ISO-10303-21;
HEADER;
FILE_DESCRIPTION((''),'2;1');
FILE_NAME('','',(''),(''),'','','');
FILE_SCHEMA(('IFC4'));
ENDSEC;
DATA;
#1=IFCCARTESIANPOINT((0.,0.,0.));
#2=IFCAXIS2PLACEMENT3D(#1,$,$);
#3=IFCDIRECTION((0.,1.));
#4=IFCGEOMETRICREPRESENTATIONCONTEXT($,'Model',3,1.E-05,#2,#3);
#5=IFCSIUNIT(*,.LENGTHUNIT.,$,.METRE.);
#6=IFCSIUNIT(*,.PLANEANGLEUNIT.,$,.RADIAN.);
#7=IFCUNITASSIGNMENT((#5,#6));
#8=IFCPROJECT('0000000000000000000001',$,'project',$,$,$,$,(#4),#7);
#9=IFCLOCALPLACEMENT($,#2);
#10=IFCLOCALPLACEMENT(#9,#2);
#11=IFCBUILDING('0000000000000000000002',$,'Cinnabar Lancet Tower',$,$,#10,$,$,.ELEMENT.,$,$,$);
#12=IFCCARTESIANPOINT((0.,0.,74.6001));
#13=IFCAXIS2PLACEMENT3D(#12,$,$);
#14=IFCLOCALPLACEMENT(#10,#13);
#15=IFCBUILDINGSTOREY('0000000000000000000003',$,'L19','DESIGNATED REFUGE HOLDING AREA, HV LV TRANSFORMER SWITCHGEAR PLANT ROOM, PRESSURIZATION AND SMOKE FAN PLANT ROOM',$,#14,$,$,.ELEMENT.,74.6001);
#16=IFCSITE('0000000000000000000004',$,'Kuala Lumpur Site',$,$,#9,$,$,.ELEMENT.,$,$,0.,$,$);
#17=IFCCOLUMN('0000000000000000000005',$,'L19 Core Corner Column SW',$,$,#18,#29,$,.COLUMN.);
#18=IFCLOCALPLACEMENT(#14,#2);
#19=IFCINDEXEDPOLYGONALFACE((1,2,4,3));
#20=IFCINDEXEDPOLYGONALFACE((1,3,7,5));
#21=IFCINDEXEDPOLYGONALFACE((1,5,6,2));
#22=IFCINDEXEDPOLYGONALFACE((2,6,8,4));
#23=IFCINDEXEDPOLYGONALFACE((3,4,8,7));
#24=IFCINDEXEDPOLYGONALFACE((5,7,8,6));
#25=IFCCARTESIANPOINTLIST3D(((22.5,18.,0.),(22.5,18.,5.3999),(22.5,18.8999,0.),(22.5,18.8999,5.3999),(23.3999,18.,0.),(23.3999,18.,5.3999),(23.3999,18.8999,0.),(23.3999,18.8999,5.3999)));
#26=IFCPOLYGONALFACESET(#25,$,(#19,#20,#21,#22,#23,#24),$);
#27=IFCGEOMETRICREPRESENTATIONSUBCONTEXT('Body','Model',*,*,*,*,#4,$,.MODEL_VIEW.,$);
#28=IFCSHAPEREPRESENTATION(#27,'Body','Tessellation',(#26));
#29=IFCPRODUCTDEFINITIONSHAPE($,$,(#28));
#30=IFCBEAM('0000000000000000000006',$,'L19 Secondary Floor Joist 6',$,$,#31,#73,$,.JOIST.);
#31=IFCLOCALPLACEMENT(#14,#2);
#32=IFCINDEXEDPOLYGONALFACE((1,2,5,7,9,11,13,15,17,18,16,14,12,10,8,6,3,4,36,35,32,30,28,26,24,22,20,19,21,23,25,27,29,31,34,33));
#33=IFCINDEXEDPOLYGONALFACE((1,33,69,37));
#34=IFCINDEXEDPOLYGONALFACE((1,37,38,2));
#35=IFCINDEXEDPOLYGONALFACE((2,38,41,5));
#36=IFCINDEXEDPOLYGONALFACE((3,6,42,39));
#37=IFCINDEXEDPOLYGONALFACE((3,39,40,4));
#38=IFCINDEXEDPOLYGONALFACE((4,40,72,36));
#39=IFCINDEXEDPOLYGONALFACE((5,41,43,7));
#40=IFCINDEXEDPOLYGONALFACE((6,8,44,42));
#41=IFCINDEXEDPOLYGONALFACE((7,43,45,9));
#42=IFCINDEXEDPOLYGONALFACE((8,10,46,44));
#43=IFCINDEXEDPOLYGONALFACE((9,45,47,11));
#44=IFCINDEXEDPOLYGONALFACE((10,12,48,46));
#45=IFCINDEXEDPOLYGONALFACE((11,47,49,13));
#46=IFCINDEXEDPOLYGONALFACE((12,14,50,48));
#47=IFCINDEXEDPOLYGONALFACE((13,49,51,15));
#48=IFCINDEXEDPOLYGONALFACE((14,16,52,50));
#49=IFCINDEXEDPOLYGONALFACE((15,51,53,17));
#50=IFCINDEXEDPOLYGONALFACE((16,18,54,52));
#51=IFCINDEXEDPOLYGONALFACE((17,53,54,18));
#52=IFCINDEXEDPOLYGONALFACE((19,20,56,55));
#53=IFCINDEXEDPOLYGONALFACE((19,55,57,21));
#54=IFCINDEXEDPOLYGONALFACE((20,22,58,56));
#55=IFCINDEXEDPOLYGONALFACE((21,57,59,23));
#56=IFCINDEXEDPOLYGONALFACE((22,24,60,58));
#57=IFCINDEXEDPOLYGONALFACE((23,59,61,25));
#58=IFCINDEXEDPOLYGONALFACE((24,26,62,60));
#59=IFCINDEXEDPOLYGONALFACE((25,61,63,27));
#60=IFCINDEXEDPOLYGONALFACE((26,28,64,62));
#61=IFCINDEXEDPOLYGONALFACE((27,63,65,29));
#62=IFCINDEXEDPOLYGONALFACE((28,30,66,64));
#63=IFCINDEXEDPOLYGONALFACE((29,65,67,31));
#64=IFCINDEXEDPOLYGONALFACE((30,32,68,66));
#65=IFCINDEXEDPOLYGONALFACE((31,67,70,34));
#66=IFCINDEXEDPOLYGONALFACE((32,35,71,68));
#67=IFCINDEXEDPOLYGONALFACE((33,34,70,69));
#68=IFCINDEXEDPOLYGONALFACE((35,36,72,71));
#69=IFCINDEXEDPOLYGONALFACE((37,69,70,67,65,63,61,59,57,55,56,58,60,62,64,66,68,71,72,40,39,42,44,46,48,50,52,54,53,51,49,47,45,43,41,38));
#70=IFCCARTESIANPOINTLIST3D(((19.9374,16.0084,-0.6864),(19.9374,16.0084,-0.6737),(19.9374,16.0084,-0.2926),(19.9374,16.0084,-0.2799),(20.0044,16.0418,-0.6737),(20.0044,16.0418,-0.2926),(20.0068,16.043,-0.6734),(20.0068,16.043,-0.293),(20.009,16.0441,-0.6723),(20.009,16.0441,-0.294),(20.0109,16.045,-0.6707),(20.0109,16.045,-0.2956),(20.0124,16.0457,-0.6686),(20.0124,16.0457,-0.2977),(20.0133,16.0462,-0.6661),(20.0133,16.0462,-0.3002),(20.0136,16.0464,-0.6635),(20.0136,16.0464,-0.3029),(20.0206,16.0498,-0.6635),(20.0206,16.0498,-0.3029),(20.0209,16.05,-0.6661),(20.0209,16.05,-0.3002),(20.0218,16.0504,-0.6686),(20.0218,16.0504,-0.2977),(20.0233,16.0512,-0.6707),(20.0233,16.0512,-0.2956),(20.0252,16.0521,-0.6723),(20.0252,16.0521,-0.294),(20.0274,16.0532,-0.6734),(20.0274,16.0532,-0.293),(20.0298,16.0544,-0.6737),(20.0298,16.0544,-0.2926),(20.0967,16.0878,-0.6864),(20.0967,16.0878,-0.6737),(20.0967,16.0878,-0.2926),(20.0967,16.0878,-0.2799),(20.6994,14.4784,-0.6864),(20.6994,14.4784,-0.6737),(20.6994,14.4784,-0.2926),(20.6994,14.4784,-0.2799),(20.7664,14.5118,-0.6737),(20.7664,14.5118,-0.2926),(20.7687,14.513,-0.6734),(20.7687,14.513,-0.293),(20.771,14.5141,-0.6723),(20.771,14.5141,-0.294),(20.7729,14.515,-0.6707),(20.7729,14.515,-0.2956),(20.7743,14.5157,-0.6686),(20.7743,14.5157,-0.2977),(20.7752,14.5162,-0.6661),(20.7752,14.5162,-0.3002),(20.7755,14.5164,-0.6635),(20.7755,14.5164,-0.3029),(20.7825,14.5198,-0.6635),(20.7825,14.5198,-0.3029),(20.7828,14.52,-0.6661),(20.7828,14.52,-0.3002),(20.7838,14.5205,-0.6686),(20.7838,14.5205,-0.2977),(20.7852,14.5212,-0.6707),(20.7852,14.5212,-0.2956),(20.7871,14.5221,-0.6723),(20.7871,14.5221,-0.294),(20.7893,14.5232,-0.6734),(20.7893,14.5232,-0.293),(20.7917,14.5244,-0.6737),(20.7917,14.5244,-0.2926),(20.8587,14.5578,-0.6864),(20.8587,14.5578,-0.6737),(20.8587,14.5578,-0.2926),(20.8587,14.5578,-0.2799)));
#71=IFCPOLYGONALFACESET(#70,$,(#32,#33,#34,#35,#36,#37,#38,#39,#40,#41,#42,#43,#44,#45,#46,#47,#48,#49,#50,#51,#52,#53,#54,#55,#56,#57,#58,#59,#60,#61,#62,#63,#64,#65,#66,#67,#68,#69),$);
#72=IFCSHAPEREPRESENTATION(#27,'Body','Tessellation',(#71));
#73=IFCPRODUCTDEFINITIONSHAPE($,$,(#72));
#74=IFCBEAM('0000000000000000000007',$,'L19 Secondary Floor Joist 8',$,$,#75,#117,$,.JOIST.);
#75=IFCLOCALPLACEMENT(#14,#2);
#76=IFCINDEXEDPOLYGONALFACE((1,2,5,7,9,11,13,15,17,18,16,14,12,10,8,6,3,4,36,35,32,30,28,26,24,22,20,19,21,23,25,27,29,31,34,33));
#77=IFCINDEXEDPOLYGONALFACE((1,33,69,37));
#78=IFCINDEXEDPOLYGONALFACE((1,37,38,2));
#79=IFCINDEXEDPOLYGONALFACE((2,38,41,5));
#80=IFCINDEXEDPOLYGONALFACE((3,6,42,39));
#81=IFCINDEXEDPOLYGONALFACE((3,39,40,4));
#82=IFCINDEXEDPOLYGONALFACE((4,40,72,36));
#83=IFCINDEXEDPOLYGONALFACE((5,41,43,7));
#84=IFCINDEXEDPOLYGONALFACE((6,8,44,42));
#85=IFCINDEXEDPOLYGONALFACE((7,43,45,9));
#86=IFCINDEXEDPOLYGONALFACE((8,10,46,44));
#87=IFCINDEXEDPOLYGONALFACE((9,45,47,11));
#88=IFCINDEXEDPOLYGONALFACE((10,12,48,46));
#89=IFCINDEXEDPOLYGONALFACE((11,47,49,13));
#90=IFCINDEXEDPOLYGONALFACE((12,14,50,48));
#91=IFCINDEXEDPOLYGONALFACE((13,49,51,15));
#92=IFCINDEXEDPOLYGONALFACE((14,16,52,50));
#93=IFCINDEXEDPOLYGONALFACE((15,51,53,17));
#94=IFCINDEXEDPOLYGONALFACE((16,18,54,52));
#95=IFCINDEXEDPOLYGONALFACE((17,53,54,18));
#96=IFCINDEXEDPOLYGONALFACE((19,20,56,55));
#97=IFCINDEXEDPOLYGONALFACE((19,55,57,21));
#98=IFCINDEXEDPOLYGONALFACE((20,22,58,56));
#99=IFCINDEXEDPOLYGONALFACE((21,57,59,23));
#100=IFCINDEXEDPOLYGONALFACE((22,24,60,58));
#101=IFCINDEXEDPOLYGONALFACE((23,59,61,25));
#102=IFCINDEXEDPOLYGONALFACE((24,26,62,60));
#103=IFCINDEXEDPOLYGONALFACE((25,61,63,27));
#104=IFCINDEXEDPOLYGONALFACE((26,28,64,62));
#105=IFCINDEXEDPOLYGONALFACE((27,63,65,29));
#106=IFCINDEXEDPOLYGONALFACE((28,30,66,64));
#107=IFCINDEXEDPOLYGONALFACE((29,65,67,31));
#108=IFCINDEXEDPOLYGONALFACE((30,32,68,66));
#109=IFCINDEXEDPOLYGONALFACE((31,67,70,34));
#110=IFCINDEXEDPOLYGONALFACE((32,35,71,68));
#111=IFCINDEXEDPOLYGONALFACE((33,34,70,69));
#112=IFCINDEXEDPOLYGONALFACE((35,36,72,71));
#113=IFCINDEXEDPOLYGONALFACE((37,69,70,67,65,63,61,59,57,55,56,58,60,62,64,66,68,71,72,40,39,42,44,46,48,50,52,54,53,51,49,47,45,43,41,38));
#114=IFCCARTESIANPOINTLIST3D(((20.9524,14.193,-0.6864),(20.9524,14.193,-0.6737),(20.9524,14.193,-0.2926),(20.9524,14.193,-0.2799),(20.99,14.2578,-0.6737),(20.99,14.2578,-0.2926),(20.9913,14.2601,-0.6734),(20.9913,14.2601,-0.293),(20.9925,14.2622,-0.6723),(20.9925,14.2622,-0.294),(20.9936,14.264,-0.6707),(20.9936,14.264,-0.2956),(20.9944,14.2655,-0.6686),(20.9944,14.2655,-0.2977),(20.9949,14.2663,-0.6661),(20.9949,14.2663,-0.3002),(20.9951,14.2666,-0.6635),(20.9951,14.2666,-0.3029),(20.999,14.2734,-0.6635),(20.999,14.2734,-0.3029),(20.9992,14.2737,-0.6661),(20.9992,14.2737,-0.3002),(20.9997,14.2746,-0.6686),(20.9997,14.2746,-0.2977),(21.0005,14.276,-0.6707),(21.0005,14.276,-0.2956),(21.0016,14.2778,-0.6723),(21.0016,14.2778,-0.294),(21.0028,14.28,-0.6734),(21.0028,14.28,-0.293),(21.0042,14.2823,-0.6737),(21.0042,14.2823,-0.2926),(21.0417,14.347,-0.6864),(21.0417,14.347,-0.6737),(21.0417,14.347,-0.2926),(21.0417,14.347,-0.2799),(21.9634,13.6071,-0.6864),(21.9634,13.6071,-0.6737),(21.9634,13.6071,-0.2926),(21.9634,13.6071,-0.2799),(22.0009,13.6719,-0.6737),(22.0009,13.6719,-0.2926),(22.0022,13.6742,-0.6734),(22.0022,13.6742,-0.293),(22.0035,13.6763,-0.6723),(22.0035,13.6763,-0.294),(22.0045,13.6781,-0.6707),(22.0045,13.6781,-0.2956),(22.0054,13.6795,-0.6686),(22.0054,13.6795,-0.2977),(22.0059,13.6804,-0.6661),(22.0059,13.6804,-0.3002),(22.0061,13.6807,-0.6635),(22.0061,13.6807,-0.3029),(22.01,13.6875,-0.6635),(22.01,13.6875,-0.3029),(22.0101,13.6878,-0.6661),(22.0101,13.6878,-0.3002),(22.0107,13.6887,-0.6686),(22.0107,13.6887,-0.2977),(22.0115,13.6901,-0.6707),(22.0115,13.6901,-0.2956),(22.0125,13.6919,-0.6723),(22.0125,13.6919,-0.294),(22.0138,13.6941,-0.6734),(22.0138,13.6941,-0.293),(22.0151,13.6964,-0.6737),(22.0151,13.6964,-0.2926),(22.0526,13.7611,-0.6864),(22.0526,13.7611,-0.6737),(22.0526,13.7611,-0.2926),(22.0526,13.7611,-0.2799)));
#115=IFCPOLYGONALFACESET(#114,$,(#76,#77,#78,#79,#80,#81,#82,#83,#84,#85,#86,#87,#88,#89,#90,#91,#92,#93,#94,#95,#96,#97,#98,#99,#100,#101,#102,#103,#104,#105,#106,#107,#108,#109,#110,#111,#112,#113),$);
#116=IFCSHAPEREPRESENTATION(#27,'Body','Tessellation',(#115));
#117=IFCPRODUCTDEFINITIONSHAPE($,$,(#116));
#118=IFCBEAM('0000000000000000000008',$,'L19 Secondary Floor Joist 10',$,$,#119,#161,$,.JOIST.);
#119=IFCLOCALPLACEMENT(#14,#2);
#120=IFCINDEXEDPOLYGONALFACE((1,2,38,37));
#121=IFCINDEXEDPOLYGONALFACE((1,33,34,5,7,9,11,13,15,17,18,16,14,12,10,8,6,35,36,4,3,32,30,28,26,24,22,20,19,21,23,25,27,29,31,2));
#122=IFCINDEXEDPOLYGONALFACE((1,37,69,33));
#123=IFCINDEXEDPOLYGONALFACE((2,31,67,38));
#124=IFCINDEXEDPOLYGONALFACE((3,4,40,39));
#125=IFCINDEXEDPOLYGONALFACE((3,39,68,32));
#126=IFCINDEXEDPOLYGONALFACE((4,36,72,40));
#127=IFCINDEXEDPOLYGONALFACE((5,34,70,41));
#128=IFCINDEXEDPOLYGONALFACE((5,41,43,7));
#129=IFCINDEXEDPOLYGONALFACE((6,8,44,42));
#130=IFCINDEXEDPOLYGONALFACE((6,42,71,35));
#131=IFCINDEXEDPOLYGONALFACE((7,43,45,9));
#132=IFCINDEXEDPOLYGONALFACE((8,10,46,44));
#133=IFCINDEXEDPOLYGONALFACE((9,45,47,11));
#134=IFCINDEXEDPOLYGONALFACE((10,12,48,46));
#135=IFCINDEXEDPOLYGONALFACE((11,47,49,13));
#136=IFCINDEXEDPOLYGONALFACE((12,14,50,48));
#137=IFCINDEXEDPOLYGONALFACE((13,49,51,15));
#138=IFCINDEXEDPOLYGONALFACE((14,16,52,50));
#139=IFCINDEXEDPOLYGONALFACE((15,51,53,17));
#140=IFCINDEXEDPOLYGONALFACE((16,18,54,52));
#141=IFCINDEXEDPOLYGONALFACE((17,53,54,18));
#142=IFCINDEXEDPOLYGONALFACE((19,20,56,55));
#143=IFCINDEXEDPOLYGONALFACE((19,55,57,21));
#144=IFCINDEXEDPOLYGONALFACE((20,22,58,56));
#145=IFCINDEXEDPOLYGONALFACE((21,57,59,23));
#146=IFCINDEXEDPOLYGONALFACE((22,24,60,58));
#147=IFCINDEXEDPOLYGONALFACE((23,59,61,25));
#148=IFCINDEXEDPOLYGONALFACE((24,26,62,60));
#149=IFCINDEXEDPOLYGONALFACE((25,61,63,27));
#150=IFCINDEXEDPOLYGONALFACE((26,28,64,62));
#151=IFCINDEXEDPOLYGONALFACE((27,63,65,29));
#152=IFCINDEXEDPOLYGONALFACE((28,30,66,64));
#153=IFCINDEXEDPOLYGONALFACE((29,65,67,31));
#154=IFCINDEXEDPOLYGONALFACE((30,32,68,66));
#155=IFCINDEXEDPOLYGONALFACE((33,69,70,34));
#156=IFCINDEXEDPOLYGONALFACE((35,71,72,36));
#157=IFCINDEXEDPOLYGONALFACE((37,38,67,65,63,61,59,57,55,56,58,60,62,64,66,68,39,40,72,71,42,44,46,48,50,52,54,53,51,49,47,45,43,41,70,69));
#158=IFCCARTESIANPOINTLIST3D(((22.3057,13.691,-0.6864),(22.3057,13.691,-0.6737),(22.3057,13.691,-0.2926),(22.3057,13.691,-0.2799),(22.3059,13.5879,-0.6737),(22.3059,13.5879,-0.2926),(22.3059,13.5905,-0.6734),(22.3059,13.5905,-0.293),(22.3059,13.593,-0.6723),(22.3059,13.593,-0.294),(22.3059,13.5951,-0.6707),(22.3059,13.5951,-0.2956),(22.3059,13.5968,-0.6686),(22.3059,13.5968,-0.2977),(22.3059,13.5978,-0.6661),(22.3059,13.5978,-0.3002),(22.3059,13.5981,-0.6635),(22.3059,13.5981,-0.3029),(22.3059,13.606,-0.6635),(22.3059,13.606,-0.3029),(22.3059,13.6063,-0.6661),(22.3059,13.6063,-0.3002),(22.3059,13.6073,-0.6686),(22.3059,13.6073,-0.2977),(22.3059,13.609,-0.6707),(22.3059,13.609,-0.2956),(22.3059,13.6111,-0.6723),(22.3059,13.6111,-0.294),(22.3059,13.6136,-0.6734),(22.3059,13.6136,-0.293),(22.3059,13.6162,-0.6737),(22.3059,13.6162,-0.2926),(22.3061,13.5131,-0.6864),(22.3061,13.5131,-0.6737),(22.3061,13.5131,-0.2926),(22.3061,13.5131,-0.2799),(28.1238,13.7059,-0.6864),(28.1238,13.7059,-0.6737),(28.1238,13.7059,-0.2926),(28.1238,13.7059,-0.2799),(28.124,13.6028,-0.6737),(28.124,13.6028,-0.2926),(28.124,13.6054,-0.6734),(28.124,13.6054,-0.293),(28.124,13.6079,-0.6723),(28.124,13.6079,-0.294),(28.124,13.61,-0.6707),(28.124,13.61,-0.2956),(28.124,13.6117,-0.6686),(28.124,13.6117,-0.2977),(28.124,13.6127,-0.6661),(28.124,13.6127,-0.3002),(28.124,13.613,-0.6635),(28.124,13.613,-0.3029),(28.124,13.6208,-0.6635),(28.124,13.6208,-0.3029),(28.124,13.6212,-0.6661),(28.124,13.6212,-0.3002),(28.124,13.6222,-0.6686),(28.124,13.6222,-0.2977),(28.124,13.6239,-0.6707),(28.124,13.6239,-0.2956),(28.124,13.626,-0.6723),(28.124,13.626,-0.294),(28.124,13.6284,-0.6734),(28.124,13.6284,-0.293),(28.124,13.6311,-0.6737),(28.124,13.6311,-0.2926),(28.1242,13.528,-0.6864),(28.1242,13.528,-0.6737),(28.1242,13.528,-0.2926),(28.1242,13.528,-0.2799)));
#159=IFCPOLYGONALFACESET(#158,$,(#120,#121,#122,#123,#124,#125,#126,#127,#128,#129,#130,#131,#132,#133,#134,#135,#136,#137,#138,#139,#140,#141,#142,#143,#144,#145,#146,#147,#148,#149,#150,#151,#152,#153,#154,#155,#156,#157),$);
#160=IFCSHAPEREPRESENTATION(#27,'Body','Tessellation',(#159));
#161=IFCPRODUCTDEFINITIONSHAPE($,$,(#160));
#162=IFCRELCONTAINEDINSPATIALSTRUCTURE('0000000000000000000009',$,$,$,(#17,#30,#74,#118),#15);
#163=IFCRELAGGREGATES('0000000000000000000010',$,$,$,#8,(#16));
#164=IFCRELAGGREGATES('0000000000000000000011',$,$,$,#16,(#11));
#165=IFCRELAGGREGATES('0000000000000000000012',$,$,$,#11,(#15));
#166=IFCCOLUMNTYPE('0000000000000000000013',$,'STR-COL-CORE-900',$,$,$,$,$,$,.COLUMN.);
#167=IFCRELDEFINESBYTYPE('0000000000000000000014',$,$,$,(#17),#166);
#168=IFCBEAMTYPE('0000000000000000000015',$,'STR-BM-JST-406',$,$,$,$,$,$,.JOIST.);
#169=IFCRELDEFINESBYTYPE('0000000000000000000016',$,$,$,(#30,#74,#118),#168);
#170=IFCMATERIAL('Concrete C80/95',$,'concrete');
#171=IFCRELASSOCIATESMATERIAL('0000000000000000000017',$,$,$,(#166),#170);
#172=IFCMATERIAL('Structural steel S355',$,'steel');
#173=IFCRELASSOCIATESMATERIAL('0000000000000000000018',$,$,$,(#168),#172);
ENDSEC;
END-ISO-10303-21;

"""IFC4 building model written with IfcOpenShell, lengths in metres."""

from ifc_helpers import new_model, si_unit, direction, frame, origin, origin_2d, place, context, subcontext, project, spatial, rectangle, i_section, extrude, material, material_profile, profile_set, type_object, element, save


model = new_model("IFC4")

# Units and contexts
model_context = context("Model", 3, precision=1e-05, world=origin(), true_north=direction((0.0, 1.0)))
body_context = subcontext(model_context, "Body", "Model", "MODEL_VIEW")
ifc_project = project(units=[si_unit("LENGTHUNIT", "METRE"), si_unit("PLANEANGLEUNIT", "RADIAN")], contexts=[model_context])

# Site, building, storey
site_placement = place(None, origin())
site = spatial("IfcSite", under=ifc_project, at=site_placement, Name="Kuala Lumpur Site", CompositionType="ELEMENT", RefElevation=0.0)
building_placement = place(site_placement, origin())
building = spatial("IfcBuilding", under=site, at=building_placement, Name="Cinnabar Lancet Tower", CompositionType="ELEMENT")
storey_placement = place(building_placement, frame((0.0, 0.0, 74.6001)))
storey = spatial("IfcBuildingStorey", under=building, at=storey_placement, Name="L19", Description="DESIGNATED REFUGE HOLDING AREA, HV LV TRANSFORMER SWITCHGEAR PLANT ROOM, PRESSURIZATION AND SMOKE FAN PLANT ROOM", CompositionType="ELEMENT", Elevation=74.6001)

# Column
ifc_material_1 = material(Name="Concrete C80/95", Category="concrete")
ifc_material_profile_1 = material_profile(ifc_material_1, rectangle(XDim=0.8999, YDim=0.8999, at=origin_2d()), Name="RC-COL 900x900")
ifc_profile_set_1 = profile_set([ifc_material_profile_1], Name="Concrete C80/95")
column_type = type_object("IfcColumnType", Name="STR-COL-CORE-900", PredefinedType="COLUMN", material=ifc_profile_set_1)
column_placement = place(storey_placement, frame((22.95, 18.45, 0.0), z_axis=(0.0, 0.0, 1.0), x_axis=(1.0, 0.0, 0.0)))
element("IfcColumn", 1, at=column_placement, inside=storey, type_object=column_type, Name="L19 Core Corner Column SW", PredefinedType="COLUMN", context=body_context, shape_type="SweptSolid", body=[
    extrude(rectangle(XDim=0.8999, YDim=0.8999, at=origin_2d()), origin(), (0.0, 0.0, 1.0), 5.3999),
])

# Beams
ifc_material_2 = material(Name="Structural steel S355", Category="steel")
ifc_material_profile_2 = material_profile(ifc_material_2, i_section(OverallWidth=0.178, OverallDepth=0.4065, WebThickness=0.0078, FlangeThickness=0.0127, FilletRadius=0.0103, at=origin_2d()), Name="UKB 406x178x60")
ifc_profile_set_2 = profile_set([ifc_material_profile_2], Name="Structural steel S355")
beam_type_1 = type_object("IfcBeamType", Name="STR-BM-JST-406", PredefinedType="JOIST", material=ifc_profile_set_2)
beam_1_placement = place(storey_placement, frame((20.0171, 16.0481, -0.4832), z_axis=(0.445785, -0.89514, 0.0), x_axis=(0.89514, 0.445785, 0.0)))
element("IfcBeam", 2, at=beam_1_placement, inside=storey, type_object=beam_type_1, Name="L19 Secondary Floor Joist 6", PredefinedType="JOIST", context=body_context, shape_type="SweptSolid", body=[
    extrude(i_section(OverallWidth=0.178, OverallDepth=0.4065, WebThickness=0.0078, FlangeThickness=0.0127, FilletRadius=0.0103, at=origin_2d()), origin(), (0.0, 0.0, 1.0), 1.7092),
])
beam_2_placement = place(storey_placement, frame((20.9971, 14.27, -0.4832), z_axis=(0.865193, -0.50144, 0.0), x_axis=(0.50144, 0.865193, 0.0)))
element("IfcBeam", 3, at=beam_2_placement, inside=storey, type_object=beam_type_1, Name="L19 Secondary Floor Joist 8", PredefinedType="JOIST", context=body_context, shape_type="SweptSolid", body=[
    extrude(i_section(OverallWidth=0.178, OverallDepth=0.4065, WebThickness=0.0078, FlangeThickness=0.0127, FilletRadius=0.0103, at=origin_2d()), origin(), (0.0, 0.0, 1.0), 1.1685),
])
beam_3_placement = place(storey_placement, frame((22.3059, 13.6021, -0.4832), z_axis=(0.999997, 0.00256, 0.0), x_axis=(-0.00256, 0.999997, 0.0)))
element("IfcBeam", 4, at=beam_3_placement, inside=storey, type_object=beam_type_1, Name="L19 Secondary Floor Joist 10", PredefinedType="JOIST", context=body_context, shape_type="SweptSolid", body=[
    extrude(i_section(OverallWidth=0.178, OverallDepth=0.4065, WebThickness=0.0078, FlangeThickness=0.0127, FilletRadius=0.0103, at=origin_2d()), origin(), (0.0, 0.0, 1.0), 5.8181),
])

save(model, "model.ifc")
